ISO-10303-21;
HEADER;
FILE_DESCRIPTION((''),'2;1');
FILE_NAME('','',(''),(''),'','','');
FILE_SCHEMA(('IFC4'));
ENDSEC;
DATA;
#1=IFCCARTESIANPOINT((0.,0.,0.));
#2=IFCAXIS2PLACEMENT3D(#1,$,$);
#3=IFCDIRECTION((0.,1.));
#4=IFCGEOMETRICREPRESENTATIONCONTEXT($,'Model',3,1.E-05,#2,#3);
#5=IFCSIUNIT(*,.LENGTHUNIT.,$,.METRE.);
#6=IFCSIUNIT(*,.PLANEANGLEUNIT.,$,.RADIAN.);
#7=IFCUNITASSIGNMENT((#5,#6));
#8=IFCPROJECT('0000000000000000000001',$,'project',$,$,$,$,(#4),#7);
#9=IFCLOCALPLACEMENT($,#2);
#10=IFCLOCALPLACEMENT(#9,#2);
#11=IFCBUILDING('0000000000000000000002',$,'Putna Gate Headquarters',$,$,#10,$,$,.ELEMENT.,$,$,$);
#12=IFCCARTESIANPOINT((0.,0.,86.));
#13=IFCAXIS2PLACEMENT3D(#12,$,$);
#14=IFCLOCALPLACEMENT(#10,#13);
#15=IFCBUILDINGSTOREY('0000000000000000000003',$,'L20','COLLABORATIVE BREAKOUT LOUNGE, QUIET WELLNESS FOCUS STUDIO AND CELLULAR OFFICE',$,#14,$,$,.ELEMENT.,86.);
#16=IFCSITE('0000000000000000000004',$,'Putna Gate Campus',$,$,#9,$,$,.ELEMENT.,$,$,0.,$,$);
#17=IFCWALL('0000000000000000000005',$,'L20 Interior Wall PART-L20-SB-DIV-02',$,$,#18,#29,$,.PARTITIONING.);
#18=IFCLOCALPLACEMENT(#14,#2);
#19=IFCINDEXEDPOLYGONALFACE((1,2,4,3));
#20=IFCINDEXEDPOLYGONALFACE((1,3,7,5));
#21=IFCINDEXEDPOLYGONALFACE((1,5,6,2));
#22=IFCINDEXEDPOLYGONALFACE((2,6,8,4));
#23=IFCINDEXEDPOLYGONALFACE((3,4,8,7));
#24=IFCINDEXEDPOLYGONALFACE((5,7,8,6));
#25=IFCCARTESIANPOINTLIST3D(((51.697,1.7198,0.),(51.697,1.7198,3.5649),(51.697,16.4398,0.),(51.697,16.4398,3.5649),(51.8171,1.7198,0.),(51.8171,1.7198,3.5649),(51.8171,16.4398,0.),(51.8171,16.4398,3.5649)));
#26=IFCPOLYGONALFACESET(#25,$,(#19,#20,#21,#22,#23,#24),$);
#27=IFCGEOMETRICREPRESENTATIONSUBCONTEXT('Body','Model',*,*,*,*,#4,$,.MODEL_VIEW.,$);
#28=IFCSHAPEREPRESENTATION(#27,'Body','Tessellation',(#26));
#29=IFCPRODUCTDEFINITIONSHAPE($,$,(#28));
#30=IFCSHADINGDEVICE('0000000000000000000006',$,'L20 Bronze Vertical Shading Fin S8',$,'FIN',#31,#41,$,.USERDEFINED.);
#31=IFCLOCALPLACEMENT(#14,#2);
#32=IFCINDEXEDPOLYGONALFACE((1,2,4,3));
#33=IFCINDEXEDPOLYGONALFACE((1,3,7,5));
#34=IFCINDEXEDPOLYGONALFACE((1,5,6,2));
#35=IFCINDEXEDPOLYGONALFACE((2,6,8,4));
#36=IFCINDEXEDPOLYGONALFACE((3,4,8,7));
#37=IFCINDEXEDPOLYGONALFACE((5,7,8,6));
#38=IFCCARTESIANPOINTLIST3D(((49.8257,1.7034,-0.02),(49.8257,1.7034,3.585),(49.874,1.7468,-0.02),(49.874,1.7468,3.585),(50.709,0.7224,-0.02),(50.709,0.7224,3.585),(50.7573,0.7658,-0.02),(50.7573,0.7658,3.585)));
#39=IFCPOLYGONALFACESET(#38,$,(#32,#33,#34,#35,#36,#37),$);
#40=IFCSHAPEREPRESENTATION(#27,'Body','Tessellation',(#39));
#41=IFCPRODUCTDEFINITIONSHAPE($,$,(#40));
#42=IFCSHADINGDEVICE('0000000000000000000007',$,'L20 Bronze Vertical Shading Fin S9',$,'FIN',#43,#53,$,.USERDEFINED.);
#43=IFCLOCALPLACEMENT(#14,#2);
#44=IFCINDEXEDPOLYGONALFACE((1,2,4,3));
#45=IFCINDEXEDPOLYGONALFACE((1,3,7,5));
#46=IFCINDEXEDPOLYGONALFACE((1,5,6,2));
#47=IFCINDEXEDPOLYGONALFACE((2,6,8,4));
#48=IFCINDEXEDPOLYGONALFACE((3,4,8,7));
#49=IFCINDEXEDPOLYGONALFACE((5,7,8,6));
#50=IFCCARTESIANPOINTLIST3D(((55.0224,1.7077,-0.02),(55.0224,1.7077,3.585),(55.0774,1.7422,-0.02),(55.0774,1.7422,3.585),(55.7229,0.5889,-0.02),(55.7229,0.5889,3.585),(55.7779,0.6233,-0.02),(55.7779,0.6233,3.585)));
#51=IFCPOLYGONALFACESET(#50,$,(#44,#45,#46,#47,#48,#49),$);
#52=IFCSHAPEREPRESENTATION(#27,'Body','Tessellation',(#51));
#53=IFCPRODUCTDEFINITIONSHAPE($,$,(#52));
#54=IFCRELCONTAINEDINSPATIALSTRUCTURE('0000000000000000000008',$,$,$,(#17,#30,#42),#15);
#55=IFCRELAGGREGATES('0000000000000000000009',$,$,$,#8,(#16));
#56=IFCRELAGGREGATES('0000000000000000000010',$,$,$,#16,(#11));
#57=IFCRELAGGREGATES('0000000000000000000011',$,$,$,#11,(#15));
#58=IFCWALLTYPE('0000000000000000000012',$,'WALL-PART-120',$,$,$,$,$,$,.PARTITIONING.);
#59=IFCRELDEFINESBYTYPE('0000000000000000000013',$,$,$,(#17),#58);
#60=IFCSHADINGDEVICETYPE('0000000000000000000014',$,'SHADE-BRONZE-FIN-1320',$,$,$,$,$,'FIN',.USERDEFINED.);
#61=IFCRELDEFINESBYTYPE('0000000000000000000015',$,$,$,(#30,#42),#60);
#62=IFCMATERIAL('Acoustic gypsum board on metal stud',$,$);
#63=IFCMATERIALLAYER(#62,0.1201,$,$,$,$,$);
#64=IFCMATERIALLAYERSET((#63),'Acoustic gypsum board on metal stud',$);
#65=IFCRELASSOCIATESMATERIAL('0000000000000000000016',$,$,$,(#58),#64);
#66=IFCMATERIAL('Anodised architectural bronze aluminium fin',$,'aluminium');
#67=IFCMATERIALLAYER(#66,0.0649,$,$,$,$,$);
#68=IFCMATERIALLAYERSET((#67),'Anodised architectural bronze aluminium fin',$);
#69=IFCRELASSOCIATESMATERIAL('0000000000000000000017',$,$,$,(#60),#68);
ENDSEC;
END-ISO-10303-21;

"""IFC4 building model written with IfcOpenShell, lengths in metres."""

from ifc_helpers import new_model, si_unit, direction, frame, frame_2d, origin, origin_2d, place, context, subcontext, project, spatial, rectangle, extrude, material, layer, layer_set, type_object, element, save


model = new_model("IFC4")

# Units and contexts
model_context = context("Model", 3, precision=1e-05, world=origin(), true_north=direction((0.0, 1.0)))
body_context = subcontext(model_context, "Body", "Model", "MODEL_VIEW")
ifc_project = project(units=[si_unit("LENGTHUNIT", "METRE"), si_unit("PLANEANGLEUNIT", "RADIAN")], contexts=[model_context])

# Site, building, storey
site_placement = place(None, origin())
site = spatial("IfcSite", under=ifc_project, at=site_placement, Name="Putna Gate Campus", CompositionType="ELEMENT", RefElevation=0.0)
building_placement = place(site_placement, origin())
building = spatial("IfcBuilding", under=site, at=building_placement, Name="Putna Gate Headquarters", CompositionType="ELEMENT")
storey_placement = place(building_placement, frame((0.0, 0.0, 86.0)))
storey = spatial("IfcBuildingStorey", under=building, at=storey_placement, Name="L20", Description="COLLABORATIVE BREAKOUT LOUNGE, QUIET WELLNESS FOCUS STUDIO AND CELLULAR OFFICE", CompositionType="ELEMENT", Elevation=86.0)

# Wall
ifc_material_1 = material(Name="Acoustic gypsum board on metal stud")
ifc_layer_1 = layer(ifc_material_1, 0.1201)
ifc_layer_set_1 = layer_set([ifc_layer_1], Name="Acoustic gypsum board on metal stud")
wall_type = type_object("IfcWallType", Name="WALL-PART-120", PredefinedType="PARTITIONING", material=ifc_layer_set_1)
wall_placement = place(storey_placement, frame((51.7571, 1.72, 0.0), z_axis=(0.0, 0.0, 1.0), x_axis=(0.0, 1.0, 0.0)))
element("IfcWall", 1, at=wall_placement, inside=storey, type_object=wall_type, Name="L20 Interior Wall PART-L20-SB-DIV-02", PredefinedType="PARTITIONING", context=body_context, shape_type="SweptSolid", body=[
    extrude(rectangle(XDim=14.72, YDim=0.1201, at=frame_2d((7.3599, 0.0))), origin(), (0.0, 0.0, 1.0), 3.5649),
])

# Shading devices
ifc_material_2 = material(Name="Anodised architectural bronze aluminium fin", Category="aluminium")
ifc_layer_2 = layer(ifc_material_2, 0.0649)
ifc_layer_set_2 = layer_set([ifc_layer_2], Name="Anodised architectural bronze aluminium fin")
shading_device_type = type_object("IfcShadingDeviceType", Name="SHADE-BRONZE-FIN-1320", ElementType="FIN", PredefinedType="USERDEFINED", material=ifc_layer_set_2)
for number, where, z_axis, x_axis, name in (
    (2, (50.2915, 1.2346, -0.02), (0.0, 0.0, 1.0), (0.669131, -0.743145, 0.0), "L20 Bronze Vertical Shading Fin S8"),
    (3, (55.4001, 1.1655, -0.02), (0.0, 0.0, 1.0), (0.530659, -0.847585, 0.0), "L20 Bronze Vertical Shading Fin S9"),
):
    element("IfcShadingDevice", number, at=place(storey_placement, frame(where, z_axis=z_axis, x_axis=x_axis)), inside=storey, type_object=shading_device_type, Name=name, ObjectType="FIN", PredefinedType="USERDEFINED", context=body_context, shape_type="SweptSolid", body=[
        extrude(rectangle(XDim=1.3201, YDim=0.0649, at=origin_2d()), origin(), (0.0, 0.0, 1.0), 3.605),
    ])

save(model, "model.ifc")
